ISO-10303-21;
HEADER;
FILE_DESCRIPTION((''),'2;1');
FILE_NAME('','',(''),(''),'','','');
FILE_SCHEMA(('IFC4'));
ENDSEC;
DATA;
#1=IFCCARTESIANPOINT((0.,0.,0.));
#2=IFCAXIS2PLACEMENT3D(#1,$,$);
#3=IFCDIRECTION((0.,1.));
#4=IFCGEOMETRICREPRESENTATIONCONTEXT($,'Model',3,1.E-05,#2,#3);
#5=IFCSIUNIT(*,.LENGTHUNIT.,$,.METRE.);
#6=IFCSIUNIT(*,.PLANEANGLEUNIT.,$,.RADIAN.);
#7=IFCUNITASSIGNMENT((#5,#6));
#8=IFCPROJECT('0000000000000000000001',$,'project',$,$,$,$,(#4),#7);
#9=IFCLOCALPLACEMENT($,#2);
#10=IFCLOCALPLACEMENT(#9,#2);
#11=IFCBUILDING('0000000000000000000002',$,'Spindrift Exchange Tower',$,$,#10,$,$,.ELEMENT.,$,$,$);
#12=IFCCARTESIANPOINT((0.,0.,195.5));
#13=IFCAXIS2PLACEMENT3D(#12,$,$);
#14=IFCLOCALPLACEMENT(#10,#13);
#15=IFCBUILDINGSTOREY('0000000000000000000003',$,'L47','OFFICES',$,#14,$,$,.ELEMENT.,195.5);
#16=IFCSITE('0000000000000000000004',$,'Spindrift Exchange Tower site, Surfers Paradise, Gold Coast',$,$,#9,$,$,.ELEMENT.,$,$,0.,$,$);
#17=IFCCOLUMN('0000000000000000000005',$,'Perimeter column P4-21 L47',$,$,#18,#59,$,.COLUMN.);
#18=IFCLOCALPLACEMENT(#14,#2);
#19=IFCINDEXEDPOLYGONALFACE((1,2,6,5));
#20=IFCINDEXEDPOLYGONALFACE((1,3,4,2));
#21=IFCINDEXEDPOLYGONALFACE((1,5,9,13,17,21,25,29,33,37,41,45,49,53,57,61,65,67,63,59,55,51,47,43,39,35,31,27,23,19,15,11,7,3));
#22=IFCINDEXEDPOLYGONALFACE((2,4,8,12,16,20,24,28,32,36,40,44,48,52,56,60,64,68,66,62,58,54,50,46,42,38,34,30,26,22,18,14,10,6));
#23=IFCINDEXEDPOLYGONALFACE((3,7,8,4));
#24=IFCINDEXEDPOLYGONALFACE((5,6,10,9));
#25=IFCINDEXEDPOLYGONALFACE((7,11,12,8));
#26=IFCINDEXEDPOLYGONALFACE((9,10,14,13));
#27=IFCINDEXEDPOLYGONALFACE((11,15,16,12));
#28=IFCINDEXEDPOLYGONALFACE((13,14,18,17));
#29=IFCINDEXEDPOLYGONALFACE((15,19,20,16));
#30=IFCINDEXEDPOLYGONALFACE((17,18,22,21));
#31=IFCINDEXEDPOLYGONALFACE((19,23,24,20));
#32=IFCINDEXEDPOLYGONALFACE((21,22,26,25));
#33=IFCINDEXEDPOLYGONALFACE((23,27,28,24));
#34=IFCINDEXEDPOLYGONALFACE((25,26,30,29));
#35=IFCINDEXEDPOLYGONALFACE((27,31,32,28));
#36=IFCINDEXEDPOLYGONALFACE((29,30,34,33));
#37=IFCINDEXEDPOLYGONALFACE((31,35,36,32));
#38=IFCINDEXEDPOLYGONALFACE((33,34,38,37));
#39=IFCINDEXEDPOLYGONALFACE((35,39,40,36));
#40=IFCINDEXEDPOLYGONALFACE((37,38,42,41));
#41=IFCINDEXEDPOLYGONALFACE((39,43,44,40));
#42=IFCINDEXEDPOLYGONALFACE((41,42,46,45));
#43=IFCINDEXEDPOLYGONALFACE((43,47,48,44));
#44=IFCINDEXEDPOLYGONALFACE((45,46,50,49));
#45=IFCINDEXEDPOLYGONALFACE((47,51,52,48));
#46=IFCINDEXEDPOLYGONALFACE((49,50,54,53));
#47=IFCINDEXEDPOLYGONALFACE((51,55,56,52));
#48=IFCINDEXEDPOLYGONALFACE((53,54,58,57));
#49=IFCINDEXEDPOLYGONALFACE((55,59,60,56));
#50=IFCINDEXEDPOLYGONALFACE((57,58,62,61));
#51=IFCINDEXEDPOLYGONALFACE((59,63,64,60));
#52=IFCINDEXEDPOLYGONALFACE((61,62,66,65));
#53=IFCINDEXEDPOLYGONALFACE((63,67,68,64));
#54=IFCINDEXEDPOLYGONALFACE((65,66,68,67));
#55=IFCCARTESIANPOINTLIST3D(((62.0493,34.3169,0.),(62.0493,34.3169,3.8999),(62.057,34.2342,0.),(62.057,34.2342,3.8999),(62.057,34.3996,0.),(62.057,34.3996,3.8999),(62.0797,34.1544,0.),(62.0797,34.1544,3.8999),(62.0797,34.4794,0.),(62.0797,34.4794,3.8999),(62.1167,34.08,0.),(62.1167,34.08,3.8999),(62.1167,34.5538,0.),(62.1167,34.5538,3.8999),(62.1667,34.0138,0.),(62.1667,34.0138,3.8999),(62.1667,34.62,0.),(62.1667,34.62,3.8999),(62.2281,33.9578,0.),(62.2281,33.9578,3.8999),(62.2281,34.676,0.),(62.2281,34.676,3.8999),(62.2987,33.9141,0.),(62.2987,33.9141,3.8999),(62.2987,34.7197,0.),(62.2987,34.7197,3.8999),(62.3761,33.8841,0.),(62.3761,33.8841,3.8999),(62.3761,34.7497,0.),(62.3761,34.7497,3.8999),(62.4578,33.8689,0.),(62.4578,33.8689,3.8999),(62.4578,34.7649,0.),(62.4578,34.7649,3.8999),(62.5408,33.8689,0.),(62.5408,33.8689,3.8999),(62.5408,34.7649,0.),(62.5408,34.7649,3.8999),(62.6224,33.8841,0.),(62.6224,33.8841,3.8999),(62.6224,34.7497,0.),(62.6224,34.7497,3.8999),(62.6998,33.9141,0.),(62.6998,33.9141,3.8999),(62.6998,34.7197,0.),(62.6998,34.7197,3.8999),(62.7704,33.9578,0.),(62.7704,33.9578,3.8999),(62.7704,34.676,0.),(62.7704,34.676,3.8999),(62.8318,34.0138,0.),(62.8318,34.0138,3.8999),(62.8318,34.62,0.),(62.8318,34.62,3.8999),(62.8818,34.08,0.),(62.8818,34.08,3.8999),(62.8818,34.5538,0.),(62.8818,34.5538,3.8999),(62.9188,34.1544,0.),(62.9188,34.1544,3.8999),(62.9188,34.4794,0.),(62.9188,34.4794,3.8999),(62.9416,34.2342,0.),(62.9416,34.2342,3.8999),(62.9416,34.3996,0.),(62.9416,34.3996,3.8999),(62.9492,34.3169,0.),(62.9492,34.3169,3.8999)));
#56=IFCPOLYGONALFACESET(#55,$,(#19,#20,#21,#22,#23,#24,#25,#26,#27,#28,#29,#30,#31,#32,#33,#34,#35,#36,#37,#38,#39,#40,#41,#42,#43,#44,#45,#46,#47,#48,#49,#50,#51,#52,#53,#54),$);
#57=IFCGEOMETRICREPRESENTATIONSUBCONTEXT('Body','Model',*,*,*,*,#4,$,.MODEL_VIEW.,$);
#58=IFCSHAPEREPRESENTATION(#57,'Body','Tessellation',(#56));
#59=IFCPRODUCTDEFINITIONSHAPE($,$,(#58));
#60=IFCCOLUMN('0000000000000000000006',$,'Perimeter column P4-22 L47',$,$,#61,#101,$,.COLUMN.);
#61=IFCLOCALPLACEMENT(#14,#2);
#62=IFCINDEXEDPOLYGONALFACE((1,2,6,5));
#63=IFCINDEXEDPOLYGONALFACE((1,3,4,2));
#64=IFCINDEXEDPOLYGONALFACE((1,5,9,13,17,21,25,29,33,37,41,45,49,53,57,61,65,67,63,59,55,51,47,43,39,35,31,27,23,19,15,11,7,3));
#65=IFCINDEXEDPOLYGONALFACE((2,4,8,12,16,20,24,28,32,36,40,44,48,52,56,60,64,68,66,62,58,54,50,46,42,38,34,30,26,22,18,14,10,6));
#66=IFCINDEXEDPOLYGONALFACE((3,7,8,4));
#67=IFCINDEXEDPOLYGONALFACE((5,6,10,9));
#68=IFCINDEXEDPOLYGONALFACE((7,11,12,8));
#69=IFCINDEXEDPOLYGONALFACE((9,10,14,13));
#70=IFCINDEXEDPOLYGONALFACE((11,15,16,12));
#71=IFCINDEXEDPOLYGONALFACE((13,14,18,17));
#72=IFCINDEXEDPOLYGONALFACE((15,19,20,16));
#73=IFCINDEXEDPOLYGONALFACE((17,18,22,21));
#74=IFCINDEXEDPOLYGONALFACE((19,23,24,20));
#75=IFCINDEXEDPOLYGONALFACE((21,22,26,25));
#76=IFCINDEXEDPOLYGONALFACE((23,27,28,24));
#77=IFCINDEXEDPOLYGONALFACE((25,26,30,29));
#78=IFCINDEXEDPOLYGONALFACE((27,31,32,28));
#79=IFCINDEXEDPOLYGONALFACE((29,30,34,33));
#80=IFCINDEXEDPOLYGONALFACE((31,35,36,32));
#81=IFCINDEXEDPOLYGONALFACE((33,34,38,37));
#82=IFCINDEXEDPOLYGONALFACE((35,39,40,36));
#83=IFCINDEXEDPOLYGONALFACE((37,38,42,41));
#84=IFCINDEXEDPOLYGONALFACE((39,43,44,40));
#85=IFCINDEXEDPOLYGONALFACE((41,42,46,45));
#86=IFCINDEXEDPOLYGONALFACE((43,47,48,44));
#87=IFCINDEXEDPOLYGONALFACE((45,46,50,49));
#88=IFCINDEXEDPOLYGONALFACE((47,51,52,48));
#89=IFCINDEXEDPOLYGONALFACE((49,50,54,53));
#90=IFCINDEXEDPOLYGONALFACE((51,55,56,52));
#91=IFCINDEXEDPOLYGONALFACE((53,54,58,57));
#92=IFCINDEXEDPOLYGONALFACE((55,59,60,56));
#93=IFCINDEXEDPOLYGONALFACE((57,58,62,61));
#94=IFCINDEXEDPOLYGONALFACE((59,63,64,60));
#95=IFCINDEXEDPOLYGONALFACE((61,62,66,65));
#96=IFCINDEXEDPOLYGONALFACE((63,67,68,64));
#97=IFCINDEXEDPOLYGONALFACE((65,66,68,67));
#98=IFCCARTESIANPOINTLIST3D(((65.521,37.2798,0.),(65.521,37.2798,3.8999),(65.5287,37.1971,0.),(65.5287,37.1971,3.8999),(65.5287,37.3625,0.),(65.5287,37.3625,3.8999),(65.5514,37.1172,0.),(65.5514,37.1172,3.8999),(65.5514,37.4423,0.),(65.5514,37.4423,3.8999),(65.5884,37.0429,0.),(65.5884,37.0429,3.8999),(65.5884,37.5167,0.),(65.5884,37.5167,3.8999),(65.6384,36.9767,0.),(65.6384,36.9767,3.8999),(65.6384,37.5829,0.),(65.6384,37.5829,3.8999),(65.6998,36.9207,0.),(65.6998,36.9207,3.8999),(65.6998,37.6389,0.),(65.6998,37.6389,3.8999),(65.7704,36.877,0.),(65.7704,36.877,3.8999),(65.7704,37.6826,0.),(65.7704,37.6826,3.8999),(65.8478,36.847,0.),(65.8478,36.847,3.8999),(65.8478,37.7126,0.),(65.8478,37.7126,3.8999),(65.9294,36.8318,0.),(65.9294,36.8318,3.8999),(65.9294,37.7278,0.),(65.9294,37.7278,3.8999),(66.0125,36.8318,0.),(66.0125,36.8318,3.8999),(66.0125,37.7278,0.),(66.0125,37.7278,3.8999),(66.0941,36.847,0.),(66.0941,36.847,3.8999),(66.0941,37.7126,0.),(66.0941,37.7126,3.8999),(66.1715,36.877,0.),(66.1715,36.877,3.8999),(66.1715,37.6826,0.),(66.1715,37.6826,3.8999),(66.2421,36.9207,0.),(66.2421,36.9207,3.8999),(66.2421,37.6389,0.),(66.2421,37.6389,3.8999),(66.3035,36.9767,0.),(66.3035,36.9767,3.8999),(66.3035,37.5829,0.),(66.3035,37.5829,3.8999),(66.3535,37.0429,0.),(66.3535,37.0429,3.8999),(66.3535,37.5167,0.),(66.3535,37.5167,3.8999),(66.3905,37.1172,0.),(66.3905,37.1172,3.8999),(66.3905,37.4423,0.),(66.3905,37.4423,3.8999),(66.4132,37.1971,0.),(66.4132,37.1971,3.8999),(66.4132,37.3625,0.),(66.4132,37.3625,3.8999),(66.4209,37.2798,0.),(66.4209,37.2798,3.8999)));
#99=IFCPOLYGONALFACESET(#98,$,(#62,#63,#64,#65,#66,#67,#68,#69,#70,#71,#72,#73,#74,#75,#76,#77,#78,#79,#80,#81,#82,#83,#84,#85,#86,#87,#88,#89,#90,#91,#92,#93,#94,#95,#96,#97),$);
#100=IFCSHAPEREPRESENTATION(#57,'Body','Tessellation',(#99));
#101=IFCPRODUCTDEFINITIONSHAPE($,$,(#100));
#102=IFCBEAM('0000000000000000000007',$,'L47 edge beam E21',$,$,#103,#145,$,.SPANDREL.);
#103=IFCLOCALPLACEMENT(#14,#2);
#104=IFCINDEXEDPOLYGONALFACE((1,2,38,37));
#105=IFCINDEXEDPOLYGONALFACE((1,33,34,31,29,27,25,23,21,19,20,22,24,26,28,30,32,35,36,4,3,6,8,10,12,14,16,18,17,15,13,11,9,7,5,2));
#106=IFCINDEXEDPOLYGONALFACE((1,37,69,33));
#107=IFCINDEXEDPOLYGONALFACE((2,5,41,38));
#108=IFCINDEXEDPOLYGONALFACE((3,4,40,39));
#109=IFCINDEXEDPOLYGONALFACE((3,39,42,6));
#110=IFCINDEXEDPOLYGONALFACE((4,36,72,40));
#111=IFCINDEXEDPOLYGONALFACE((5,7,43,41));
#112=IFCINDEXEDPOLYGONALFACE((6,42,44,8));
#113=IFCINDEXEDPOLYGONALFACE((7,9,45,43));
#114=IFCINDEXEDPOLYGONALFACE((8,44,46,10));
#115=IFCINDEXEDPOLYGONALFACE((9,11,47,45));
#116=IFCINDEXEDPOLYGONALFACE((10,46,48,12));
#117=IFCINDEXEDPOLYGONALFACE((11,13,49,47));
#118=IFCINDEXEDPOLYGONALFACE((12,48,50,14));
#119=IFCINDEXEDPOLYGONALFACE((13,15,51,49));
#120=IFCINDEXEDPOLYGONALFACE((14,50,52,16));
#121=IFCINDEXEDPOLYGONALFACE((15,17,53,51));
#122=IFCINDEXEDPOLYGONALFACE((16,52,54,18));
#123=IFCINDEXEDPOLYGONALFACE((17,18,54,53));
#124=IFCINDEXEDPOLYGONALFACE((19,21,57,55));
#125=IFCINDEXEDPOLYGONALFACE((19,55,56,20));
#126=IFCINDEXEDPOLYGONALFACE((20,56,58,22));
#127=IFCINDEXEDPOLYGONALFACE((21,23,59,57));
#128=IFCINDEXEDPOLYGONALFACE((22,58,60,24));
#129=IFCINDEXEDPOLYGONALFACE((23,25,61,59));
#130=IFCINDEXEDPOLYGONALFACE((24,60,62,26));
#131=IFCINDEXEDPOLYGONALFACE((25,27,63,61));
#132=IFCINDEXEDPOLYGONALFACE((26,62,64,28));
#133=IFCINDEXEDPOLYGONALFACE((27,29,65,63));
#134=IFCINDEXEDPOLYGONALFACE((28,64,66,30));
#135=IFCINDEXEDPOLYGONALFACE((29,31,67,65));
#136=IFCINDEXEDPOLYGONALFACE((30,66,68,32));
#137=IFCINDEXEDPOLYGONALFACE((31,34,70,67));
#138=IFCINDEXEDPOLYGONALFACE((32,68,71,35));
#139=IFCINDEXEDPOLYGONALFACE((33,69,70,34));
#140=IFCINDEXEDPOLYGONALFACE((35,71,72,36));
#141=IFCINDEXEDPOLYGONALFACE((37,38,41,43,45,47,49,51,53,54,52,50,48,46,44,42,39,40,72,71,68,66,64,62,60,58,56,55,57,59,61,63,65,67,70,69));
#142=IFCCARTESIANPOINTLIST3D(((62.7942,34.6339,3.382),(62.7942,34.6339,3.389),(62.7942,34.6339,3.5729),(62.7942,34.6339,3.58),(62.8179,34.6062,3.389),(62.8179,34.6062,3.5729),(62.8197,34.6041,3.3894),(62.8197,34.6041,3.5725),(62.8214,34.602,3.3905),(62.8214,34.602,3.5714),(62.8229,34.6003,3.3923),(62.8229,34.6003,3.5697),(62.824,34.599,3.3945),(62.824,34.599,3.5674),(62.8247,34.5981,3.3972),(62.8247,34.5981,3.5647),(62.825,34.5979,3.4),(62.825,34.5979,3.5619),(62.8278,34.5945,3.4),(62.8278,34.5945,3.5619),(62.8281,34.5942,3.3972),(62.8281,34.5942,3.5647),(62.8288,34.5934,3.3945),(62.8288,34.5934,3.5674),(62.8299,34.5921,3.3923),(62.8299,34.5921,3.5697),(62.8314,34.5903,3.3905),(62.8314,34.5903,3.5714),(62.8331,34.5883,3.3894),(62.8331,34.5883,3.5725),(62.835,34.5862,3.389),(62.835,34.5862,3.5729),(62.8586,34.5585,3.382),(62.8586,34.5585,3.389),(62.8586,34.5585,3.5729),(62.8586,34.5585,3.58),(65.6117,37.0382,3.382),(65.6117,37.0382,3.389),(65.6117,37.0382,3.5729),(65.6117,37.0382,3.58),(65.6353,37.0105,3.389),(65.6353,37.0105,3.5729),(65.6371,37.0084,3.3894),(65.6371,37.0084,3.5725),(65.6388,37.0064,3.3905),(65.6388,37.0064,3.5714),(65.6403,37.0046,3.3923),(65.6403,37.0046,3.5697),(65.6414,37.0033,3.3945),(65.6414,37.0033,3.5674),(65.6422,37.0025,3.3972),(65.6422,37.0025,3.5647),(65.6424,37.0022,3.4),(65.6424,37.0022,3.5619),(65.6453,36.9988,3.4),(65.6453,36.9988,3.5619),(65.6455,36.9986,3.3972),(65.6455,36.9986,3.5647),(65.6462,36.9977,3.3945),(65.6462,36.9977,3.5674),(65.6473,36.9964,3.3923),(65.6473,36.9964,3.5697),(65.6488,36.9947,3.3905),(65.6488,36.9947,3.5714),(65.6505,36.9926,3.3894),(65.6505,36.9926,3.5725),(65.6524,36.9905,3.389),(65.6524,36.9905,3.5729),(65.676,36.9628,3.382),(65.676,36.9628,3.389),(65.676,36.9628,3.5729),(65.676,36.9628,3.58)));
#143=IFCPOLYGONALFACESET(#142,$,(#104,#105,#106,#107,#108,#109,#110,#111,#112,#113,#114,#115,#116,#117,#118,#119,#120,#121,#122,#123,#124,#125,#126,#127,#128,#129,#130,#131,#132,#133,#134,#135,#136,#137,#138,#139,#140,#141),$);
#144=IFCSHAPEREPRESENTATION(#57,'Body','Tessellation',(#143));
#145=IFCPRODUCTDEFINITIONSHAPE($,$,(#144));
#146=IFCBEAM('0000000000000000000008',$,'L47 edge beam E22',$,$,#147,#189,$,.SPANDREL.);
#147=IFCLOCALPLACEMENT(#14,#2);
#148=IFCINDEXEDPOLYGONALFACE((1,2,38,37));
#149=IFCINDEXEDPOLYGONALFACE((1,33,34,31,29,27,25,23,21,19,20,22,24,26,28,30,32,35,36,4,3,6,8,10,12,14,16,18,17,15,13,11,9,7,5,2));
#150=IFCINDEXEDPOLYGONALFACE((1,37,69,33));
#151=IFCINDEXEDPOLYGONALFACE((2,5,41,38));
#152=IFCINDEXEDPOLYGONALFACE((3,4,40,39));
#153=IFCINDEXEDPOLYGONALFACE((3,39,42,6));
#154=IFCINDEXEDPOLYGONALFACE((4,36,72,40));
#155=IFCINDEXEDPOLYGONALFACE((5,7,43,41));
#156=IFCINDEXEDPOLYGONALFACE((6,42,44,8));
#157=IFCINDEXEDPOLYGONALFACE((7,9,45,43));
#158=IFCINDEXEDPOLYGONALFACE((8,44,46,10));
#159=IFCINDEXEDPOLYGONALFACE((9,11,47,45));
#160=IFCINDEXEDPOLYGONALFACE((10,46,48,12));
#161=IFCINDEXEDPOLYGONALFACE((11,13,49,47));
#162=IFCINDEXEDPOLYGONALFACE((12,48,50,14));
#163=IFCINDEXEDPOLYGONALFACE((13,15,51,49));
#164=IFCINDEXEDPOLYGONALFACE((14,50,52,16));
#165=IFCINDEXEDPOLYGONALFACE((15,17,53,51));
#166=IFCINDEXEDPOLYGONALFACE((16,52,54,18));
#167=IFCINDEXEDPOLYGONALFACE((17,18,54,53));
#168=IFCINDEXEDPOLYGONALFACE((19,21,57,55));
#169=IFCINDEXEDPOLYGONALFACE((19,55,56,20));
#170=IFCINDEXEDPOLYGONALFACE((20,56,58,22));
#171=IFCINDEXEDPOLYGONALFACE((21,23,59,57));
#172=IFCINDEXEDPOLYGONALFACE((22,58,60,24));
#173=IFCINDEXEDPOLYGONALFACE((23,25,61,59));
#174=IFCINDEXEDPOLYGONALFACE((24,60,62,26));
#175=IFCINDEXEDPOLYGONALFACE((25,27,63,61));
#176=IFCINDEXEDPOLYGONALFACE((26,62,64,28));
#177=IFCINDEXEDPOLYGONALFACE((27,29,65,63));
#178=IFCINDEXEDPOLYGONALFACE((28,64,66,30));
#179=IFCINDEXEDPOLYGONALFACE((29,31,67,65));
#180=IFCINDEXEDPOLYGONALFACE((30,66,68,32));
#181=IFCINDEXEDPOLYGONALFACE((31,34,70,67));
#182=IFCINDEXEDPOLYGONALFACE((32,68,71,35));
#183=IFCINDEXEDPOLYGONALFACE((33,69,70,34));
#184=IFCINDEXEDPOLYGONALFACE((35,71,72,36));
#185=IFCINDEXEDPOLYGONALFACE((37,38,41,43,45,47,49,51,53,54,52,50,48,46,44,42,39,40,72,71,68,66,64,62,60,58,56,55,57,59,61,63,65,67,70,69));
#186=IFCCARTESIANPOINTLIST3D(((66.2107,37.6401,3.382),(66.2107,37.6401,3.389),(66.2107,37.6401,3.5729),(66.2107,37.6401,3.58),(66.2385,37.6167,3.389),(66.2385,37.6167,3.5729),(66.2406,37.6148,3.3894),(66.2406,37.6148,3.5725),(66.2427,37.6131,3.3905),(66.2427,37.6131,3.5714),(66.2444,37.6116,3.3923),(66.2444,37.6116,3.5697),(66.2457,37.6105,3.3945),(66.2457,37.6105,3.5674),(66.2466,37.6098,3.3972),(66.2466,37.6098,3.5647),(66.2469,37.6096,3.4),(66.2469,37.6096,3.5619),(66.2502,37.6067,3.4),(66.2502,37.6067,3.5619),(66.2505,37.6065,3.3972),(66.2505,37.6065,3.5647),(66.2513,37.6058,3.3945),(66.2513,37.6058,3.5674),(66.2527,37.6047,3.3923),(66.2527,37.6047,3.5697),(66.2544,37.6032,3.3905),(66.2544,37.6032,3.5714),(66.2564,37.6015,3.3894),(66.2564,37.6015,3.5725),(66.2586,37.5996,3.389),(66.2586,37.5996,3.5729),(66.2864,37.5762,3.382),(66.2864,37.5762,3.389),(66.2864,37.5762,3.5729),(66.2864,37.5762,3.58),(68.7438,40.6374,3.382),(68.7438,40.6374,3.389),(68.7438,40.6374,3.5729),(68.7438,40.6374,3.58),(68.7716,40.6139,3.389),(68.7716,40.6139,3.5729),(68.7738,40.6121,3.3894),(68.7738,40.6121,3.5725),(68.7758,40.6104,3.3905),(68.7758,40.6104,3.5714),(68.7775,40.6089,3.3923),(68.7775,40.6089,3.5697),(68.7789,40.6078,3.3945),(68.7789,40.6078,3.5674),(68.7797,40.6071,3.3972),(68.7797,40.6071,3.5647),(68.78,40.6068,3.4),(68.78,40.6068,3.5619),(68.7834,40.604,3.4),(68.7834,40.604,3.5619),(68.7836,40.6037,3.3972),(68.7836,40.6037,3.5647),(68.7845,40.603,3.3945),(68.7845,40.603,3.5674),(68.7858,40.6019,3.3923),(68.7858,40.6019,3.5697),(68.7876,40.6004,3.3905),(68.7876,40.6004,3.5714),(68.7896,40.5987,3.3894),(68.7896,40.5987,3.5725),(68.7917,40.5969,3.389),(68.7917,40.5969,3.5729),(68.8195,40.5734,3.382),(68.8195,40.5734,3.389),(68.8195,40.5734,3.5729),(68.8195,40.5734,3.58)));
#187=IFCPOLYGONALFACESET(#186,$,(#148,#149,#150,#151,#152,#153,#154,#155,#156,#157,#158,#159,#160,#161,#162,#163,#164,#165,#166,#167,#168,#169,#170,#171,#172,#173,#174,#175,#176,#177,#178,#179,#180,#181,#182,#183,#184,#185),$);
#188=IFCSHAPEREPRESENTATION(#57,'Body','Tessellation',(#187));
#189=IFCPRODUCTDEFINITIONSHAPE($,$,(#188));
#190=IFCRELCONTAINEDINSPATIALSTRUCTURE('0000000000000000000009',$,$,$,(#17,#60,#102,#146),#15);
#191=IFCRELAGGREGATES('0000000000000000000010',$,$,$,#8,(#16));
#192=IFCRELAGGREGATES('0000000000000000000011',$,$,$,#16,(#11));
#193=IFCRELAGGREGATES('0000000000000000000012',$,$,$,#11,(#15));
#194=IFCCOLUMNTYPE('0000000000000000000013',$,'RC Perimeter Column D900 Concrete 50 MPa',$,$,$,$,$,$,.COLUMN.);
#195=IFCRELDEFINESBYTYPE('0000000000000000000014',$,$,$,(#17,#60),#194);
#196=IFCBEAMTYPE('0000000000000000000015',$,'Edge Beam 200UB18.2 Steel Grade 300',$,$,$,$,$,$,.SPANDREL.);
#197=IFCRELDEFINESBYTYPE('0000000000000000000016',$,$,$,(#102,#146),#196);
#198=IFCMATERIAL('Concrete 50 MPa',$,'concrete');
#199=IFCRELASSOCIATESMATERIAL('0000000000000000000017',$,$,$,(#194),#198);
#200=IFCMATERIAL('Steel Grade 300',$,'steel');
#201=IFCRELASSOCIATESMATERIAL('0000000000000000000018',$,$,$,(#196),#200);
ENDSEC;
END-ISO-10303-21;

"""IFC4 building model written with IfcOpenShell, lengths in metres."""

from ifc_helpers import new_model, si_unit, direction, frame, origin, origin_2d, place, context, subcontext, project, spatial, circle, i_section, extrude, source, transform, mapped, material, material_profile, profile_set, type_object, element, save


model = new_model("IFC4")

# Units and contexts
model_context = context("Model", 3, precision=1e-05, world=origin(), true_north=direction((0.0, 1.0)))
body_context = subcontext(model_context, "Body", "Model", "MODEL_VIEW")
ifc_project = project(units=[si_unit("LENGTHUNIT", "METRE"), si_unit("PLANEANGLEUNIT", "RADIAN")], contexts=[model_context])

# Site, building, storey
site_placement = place(None, origin())
site = spatial("IfcSite", under=ifc_project, at=site_placement, Name="Spindrift Exchange Tower site, Surfers Paradise, Gold Coast", CompositionType="ELEMENT", RefElevation=0.0)
building_placement = place(site_placement, origin())
building = spatial("IfcBuilding", under=site, at=building_placement, Name="Spindrift Exchange Tower", CompositionType="ELEMENT")
storey_placement = place(building_placement, frame((0.0, 0.0, 195.5)))
storey = spatial("IfcBuildingStorey", under=building, at=storey_placement, Name="L47", Description="OFFICES", CompositionType="ELEMENT", Elevation=195.5)

# Columns
ifc_material_1 = material(Name="Concrete 50 MPa", Category="concrete")
ifc_material_profile_1 = material_profile(ifc_material_1, circle(Radius=0.45, at=origin_2d()), Name="RC D900")
ifc_profile_set_1 = profile_set([ifc_material_profile_1], Name="Concrete 50 MPa")
column_type = type_object("IfcColumnType", Name="RC Perimeter Column D900 Concrete 50 MPa", PredefinedType="COLUMN", material=ifc_profile_set_1)
shared_shape_1 = source(origin(), body_context, "Body", "SweptSolid", [
    extrude(circle(Radius=0.45, at=origin_2d()), origin(), (0.0, 0.0, 1.0), 3.8999),
])
for number, where, z_axis, x_axis, name in (
    (1, (62.4993, 34.3169, 0.0), (0.0, 0.0, 1.0), (1.0, 0.0, 0.0), "Perimeter column P4-21 L47"),
    (2, (65.9709, 37.2798, 0.0), (0.0, 0.0, 1.0), (1.0, 0.0, 0.0), "Perimeter column P4-22 L47"),
):
    element("IfcColumn", number, at=place(storey_placement, frame(where, z_axis=z_axis, x_axis=x_axis)), inside=storey, type_object=column_type, Name=name, PredefinedType="COLUMN", context=body_context, shape_type="MappedRepresentation", body=[
        mapped(shared_shape_1, transform((0.0, 0.0, 0.0), scale=1.0)),
    ])

# Beams
ifc_material_2 = material(Name="Steel Grade 300", Category="steel")
ifc_material_profile_2 = material_profile(ifc_material_2, i_section(OverallWidth=0.0991, OverallDepth=0.198, WebThickness=0.0044, FlangeThickness=0.0071, FilletRadius=0.011, at=origin_2d()), Name="200UB18.2")
ifc_profile_set_2 = profile_set([ifc_material_profile_2], Name="Steel Grade 300")
beam_type_1 = type_object("IfcBeamType", Name="Edge Beam 200UB18.2 Steel Grade 300", PredefinedType="SPANDREL", material=ifc_profile_set_2)
shared_shape_2 = source(origin(), body_context, "Body", "SweptSolid", [
    extrude(i_section(OverallWidth=0.0991, OverallDepth=0.198, WebThickness=0.0044, FlangeThickness=0.0071, FilletRadius=0.011, at=origin_2d()), origin(), (0.0, 0.0, 1.0), 3.7039),
])
beam_1_placement = place(storey_placement, frame((62.8264, 34.5962, 3.481), z_axis=(0.760669, 0.64914, 0.0), x_axis=(-0.64914, 0.760669, 0.0)))
element("IfcBeam", 3, at=beam_1_placement, inside=storey, type_object=beam_type_1, Name="L47 edge beam E21", PredefinedType="SPANDREL", context=body_context, shape_type="MappedRepresentation", body=[
    mapped(shared_shape_2, transform((0.0, 0.0, 0.0), scale=1.0)),
])
shared_shape_3 = source(origin(), body_context, "Body", "SweptSolid", [
    extrude(i_section(OverallWidth=0.0991, OverallDepth=0.198, WebThickness=0.0044, FlangeThickness=0.0071, FilletRadius=0.011, at=origin_2d()), origin(), (0.0, 0.0, 1.0), 3.9243),
])
beam_2_placement = place(storey_placement, frame((66.2485, 37.6082, 3.481), z_axis=(0.645499, 0.763761, 0.0), x_axis=(-0.763761, 0.645499, 0.0)))
element("IfcBeam", 4, at=beam_2_placement, inside=storey, type_object=beam_type_1, Name="L47 edge beam E22", PredefinedType="SPANDREL", context=body_context, shape_type="MappedRepresentation", body=[
    mapped(shared_shape_3, transform((0.0, 0.0, 0.0), scale=1.0)),
])

save(model, "model.ifc")
